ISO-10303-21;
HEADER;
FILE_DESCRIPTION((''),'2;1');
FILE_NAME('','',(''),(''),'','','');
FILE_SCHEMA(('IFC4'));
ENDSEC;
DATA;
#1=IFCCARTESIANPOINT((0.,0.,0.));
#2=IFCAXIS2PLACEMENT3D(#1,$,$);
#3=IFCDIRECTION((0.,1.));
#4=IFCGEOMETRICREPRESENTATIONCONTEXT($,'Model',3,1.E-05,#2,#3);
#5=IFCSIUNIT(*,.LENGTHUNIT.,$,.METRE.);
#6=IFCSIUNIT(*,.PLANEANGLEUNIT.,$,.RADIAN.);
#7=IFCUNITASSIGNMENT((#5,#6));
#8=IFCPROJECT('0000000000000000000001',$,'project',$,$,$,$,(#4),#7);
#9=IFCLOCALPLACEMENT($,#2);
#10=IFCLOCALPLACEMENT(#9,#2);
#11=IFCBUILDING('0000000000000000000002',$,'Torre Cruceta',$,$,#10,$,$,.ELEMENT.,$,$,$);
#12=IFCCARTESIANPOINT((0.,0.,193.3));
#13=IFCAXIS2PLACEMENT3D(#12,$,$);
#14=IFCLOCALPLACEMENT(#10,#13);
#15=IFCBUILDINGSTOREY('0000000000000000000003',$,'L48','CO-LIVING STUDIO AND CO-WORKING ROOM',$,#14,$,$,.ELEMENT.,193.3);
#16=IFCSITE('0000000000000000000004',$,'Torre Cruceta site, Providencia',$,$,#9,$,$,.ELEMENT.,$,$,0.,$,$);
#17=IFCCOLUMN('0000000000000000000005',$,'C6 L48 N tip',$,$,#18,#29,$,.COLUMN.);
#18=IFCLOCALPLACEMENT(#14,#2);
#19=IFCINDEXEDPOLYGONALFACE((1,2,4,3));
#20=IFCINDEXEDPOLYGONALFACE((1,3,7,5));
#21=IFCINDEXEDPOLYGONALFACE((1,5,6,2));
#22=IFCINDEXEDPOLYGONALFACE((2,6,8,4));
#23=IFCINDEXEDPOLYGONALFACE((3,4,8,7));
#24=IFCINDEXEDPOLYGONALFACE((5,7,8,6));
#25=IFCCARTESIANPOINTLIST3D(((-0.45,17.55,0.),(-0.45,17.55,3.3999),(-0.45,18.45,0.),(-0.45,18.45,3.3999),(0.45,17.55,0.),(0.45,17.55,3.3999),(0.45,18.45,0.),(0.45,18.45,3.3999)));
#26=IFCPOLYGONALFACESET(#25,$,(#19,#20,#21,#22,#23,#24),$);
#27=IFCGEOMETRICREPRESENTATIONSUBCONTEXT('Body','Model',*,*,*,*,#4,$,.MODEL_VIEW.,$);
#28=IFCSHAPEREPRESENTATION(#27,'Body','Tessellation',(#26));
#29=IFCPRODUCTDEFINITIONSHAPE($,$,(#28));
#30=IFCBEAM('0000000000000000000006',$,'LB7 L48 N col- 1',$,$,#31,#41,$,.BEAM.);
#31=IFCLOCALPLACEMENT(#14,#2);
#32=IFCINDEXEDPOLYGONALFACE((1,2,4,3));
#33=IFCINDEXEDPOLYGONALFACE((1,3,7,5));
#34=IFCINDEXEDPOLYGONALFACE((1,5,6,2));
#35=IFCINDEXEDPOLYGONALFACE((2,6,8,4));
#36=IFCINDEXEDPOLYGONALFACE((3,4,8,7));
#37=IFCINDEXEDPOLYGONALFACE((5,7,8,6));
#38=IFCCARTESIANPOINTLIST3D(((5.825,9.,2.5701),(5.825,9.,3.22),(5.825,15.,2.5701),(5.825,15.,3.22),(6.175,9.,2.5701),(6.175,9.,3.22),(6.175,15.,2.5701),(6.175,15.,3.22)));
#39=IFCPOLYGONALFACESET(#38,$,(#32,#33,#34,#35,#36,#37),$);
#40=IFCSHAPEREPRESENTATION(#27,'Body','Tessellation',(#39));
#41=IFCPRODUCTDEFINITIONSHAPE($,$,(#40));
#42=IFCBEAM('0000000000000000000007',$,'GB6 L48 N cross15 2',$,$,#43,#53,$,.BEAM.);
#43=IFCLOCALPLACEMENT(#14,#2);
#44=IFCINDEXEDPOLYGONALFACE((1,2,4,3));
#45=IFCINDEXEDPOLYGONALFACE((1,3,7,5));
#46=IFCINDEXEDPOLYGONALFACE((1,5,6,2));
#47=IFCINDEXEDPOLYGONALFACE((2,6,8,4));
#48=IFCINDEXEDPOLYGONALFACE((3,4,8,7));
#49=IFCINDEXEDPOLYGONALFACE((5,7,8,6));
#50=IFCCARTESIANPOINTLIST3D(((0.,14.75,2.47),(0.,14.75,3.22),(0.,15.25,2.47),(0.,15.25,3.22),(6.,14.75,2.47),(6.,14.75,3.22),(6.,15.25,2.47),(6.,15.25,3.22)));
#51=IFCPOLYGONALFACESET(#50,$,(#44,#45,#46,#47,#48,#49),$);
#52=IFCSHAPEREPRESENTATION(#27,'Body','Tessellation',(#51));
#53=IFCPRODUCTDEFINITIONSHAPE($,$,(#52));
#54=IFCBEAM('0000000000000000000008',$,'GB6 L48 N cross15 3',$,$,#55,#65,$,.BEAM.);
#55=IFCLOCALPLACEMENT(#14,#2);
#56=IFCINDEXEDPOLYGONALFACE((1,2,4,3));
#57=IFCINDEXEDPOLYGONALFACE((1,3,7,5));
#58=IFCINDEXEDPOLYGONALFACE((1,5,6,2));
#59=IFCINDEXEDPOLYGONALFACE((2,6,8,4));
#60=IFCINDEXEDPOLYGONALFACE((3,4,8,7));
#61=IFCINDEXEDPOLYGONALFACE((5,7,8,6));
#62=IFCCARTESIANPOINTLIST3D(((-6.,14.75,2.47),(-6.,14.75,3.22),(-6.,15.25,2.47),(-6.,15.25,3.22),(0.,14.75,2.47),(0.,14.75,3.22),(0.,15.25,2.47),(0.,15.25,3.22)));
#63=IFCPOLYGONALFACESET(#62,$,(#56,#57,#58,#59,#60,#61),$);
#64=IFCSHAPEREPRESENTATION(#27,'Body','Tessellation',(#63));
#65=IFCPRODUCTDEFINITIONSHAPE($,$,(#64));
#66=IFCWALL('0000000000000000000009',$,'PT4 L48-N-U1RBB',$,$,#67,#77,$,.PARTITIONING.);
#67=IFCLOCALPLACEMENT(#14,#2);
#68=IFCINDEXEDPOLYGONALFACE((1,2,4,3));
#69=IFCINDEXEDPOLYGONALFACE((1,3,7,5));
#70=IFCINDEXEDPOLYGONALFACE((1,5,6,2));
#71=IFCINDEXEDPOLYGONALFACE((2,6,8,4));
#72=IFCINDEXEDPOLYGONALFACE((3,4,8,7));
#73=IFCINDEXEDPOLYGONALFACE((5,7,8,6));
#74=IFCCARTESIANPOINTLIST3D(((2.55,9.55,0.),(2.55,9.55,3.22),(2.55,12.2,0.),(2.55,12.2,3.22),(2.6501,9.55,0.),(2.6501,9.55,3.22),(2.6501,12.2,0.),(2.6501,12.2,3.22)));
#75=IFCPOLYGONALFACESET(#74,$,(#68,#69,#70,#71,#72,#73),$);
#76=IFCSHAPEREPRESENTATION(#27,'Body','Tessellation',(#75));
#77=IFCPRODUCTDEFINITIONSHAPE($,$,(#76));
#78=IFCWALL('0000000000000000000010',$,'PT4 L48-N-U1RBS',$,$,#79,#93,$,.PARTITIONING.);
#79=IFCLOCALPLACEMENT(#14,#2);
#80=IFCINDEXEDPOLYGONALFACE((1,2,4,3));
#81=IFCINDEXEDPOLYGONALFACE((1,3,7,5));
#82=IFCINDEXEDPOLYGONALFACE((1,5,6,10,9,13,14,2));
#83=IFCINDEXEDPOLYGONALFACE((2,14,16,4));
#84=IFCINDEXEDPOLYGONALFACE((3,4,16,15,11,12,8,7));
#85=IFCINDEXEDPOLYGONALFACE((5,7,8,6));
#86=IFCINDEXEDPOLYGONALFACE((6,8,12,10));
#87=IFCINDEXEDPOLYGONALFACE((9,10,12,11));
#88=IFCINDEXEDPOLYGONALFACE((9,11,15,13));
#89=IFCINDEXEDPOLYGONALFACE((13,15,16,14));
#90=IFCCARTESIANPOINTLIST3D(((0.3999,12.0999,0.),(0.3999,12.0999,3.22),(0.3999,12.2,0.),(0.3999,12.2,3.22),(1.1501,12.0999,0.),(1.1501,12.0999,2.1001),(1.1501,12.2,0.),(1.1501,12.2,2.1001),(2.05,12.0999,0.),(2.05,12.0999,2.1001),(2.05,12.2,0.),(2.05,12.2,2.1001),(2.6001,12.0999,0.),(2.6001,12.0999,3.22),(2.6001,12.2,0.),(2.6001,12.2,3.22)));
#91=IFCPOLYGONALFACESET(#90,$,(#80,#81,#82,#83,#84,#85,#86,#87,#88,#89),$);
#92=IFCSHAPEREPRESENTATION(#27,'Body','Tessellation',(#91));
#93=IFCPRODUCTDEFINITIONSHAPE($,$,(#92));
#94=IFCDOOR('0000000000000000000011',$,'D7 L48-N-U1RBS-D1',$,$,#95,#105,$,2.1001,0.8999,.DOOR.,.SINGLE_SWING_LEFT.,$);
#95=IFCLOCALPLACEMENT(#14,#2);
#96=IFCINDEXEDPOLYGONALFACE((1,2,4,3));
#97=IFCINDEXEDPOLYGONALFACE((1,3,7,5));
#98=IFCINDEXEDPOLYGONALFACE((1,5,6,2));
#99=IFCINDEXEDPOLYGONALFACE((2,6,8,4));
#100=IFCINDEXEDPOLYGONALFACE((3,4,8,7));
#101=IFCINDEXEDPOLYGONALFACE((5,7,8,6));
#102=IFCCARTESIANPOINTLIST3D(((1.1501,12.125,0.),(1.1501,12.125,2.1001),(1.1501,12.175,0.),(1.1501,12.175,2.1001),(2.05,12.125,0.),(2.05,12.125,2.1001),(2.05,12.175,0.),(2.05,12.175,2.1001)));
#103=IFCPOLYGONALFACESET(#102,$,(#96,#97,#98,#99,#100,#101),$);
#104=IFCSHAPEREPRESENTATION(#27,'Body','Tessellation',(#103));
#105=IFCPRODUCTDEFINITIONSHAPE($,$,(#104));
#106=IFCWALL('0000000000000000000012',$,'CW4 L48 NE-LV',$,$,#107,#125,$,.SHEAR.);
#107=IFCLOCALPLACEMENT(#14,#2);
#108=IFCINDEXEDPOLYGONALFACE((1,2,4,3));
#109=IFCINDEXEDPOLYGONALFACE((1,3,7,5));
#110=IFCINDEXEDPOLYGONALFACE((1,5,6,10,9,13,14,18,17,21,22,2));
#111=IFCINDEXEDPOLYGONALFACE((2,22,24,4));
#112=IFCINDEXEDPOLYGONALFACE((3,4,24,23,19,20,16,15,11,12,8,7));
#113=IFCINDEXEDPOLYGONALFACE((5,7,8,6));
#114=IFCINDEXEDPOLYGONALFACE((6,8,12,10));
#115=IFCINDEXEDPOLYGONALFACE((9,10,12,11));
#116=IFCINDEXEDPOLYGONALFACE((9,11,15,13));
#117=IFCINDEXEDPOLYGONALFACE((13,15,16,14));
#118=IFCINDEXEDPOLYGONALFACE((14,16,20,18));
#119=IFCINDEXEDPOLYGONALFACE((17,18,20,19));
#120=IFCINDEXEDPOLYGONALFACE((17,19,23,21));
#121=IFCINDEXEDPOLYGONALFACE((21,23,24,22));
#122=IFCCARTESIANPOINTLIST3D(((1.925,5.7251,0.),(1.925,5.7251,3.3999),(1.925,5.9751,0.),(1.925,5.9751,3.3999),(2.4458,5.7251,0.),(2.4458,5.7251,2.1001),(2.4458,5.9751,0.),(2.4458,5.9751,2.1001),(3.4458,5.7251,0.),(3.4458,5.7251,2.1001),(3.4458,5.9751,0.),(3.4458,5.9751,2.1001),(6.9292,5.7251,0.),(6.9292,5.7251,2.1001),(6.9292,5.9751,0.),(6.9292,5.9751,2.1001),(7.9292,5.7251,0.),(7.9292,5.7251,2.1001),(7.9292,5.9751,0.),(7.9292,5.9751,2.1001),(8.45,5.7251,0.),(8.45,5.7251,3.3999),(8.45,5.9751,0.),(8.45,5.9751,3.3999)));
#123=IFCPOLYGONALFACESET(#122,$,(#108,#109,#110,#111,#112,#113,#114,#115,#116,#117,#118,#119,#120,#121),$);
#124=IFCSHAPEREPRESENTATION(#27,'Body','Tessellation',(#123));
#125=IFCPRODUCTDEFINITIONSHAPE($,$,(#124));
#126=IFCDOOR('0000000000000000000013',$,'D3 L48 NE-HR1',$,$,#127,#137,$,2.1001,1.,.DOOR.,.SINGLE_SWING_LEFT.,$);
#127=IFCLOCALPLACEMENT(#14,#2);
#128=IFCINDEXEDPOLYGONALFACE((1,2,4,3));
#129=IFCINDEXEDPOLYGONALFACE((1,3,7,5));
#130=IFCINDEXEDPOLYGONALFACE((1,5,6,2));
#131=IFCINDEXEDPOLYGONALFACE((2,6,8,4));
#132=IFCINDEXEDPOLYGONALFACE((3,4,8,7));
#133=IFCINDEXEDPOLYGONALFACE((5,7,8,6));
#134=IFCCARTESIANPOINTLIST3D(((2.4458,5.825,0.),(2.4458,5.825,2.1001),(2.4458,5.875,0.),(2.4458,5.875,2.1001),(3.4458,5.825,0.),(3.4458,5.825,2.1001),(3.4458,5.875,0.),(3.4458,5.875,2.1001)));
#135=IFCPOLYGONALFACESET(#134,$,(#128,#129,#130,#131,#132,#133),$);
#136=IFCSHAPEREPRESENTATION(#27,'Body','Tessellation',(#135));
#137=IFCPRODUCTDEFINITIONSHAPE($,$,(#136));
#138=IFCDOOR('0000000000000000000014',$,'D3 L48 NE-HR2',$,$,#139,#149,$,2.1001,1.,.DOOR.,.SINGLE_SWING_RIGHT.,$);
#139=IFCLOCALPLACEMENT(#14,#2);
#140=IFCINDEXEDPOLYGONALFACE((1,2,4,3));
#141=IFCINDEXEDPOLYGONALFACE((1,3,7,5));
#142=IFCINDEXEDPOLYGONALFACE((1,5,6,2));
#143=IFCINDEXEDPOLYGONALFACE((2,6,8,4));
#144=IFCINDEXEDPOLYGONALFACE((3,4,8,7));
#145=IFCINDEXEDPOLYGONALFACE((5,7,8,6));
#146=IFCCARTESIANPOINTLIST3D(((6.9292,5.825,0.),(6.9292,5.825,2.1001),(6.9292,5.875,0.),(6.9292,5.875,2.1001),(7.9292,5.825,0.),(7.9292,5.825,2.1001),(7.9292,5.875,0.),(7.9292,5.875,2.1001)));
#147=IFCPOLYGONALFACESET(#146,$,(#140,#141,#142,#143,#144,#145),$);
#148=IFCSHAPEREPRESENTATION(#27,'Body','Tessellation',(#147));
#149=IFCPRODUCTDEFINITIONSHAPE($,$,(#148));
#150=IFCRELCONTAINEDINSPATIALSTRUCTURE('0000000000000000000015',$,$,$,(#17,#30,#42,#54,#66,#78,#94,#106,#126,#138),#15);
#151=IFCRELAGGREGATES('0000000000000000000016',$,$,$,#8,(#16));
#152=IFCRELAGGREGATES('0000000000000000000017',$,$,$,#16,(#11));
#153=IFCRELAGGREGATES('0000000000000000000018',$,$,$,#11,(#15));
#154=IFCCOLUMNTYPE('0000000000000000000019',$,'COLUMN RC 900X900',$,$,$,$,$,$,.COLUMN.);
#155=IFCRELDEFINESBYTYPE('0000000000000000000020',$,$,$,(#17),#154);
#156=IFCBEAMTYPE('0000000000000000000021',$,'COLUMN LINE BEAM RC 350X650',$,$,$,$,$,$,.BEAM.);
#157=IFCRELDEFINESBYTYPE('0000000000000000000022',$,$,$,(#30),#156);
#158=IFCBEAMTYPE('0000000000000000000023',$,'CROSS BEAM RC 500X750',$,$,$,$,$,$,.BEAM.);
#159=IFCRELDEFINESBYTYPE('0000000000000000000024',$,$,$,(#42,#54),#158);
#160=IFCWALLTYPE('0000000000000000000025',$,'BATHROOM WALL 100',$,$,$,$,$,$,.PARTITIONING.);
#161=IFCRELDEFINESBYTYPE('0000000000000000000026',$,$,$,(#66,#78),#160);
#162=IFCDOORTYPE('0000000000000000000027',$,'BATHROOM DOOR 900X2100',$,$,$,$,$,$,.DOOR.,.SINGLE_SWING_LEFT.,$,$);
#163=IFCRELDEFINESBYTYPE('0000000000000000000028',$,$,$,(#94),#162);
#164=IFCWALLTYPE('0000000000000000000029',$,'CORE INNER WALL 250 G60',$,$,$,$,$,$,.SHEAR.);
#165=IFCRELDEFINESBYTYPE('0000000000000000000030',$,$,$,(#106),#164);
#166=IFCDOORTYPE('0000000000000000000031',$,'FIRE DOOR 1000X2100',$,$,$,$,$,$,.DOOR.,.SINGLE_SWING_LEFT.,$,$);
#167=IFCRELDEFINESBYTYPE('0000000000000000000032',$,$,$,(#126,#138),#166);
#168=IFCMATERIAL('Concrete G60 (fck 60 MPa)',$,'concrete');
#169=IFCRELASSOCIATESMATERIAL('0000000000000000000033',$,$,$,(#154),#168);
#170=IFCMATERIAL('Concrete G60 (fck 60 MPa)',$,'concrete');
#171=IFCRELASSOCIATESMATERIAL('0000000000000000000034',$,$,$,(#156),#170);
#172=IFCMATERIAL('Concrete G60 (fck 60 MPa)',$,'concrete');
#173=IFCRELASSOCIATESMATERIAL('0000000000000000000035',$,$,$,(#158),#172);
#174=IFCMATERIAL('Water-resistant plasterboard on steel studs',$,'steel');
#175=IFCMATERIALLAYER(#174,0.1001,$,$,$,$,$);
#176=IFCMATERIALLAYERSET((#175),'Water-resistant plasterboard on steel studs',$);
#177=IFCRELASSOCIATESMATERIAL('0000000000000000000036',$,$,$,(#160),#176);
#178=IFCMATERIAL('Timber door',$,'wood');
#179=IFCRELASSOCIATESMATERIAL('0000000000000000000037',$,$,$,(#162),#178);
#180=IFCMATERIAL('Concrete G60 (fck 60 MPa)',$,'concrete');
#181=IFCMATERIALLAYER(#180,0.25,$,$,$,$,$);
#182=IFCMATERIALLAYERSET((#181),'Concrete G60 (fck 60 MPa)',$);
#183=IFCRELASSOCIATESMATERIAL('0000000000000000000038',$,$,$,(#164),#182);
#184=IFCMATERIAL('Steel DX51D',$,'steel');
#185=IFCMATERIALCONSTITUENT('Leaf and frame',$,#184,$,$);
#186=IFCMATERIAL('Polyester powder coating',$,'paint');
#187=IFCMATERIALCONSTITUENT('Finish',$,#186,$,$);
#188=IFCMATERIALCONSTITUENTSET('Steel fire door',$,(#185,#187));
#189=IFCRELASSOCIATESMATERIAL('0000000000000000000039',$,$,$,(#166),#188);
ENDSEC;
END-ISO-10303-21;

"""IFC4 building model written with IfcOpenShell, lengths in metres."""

from ifc_helpers import new_model, si_unit, direction, frame, frame_2d, origin, origin_2d, place, context, subcontext, project, spatial, rectangle, extrude, material, layer, layer_set, constituent, constituent_set, material_profile, profile_set, type_object, element, fill, save


model = new_model("IFC4")

# Units and contexts
model_context = context("Model", 3, precision=1e-05, world=origin(), true_north=direction((0.0, 1.0)))
body_context = subcontext(model_context, "Body", "Model", "MODEL_VIEW")
ifc_project = project(units=[si_unit("LENGTHUNIT", "METRE"), si_unit("PLANEANGLEUNIT", "RADIAN")], contexts=[model_context])

# Site, building, storey
site_placement = place(None, origin())
site = spatial("IfcSite", under=ifc_project, at=site_placement, Name="Torre Cruceta site, Providencia", CompositionType="ELEMENT", RefElevation=0.0)
building_placement = place(site_placement, origin())
building = spatial("IfcBuilding", under=site, at=building_placement, Name="Torre Cruceta", CompositionType="ELEMENT")
storey_placement = place(building_placement, frame((0.0, 0.0, 193.3)))
storey = spatial("IfcBuildingStorey", under=building, at=storey_placement, Name="L48", Description="CO-LIVING STUDIO AND CO-WORKING ROOM", CompositionType="ELEMENT", Elevation=193.3)

# Column
ifc_material_1 = material(Name="Concrete G60 (fck 60 MPa)", Category="concrete")
ifc_material_profile_1 = material_profile(ifc_material_1, rectangle(XDim=0.8999, YDim=0.8999, at=origin_2d()), Name="RC 900X900")
ifc_profile_set_1 = profile_set([ifc_material_profile_1], Name="Concrete G60 (fck 60 MPa)")
column_type = type_object("IfcColumnType", Name="COLUMN RC 900X900", PredefinedType="COLUMN", material=ifc_profile_set_1)
column_placement = place(storey_placement, frame((0.0, 18.0, 0.0), z_axis=(0.0, 0.0, 1.0), x_axis=(1.0, 0.0, 0.0)))
element("IfcColumn", 1, at=column_placement, inside=storey, type_object=column_type, Name="C6 L48 N tip", PredefinedType="COLUMN", context=body_context, shape_type="SweptSolid", body=[
    extrude(rectangle(XDim=0.8999, YDim=0.8999, at=origin_2d()), origin(), (0.0, 0.0, 1.0), 3.3999),
])

# Beams
ifc_material_2 = material(Name="Concrete G60 (fck 60 MPa)", Category="concrete")
ifc_material_profile_2 = material_profile(ifc_material_2, rectangle(XDim=0.3501, YDim=0.6499, at=origin_2d()), Name="RC 350X650")
ifc_profile_set_2 = profile_set([ifc_material_profile_2], Name="Concrete G60 (fck 60 MPa)")
beam_type_1 = type_object("IfcBeamType", Name="COLUMN LINE BEAM RC 350X650", PredefinedType="BEAM", material=ifc_profile_set_2)
beam_placement = place(storey_placement, frame((6.0, 9.0, 2.895), z_axis=(0.0, 1.0, 0.0), x_axis=(-1.0, 0.0, 0.0)))
element("IfcBeam", 2, at=beam_placement, inside=storey, type_object=beam_type_1, Name="LB7 L48 N col- 1", PredefinedType="BEAM", context=body_context, shape_type="SweptSolid", body=[
    extrude(rectangle(XDim=0.3501, YDim=0.6499, at=origin_2d()), origin(), (0.0, 0.0, 1.0), 6.0),
])
ifc_material_3 = material(Name="Concrete G60 (fck 60 MPa)", Category="concrete")
ifc_material_profile_3 = material_profile(ifc_material_3, rectangle(XDim=0.5, YDim=0.75, at=origin_2d()), Name="RC 500X750")
ifc_profile_set_3 = profile_set([ifc_material_profile_3], Name="Concrete G60 (fck 60 MPa)")
beam_type_2 = type_object("IfcBeamType", Name="CROSS BEAM RC 500X750", PredefinedType="BEAM", material=ifc_profile_set_3)
for number, where, z_axis, x_axis, name in (
    (3, (6.0, 15.0, 2.845), (-1.0, 0.0, 0.0), (0.0, -1.0, 0.0), "GB6 L48 N cross15 2"),
    (4, (0.0, 15.0, 2.845), (-1.0, 0.0, 0.0), (0.0, -1.0, 0.0), "GB6 L48 N cross15 3"),
):
    element("IfcBeam", number, at=place(storey_placement, frame(where, z_axis=z_axis, x_axis=x_axis)), inside=storey, type_object=beam_type_2, Name=name, PredefinedType="BEAM", context=body_context, shape_type="SweptSolid", body=[
        extrude(rectangle(XDim=0.5, YDim=0.75, at=origin_2d()), origin(), (0.0, 0.0, 1.0), 6.0),
    ])

# Wall
ifc_material_4 = material(Name="Water-resistant plasterboard on steel studs", Category="steel")
ifc_layer_1 = layer(ifc_material_4, 0.1001)
ifc_layer_set_1 = layer_set([ifc_layer_1], Name="Water-resistant plasterboard on steel studs")
wall_type_1 = type_object("IfcWallType", Name="BATHROOM WALL 100", PredefinedType="PARTITIONING", material=ifc_layer_set_1)
wall_1_placement = place(storey_placement, frame((2.6001, 9.55, 0.0), z_axis=(0.0, 0.0, 1.0), x_axis=(0.0, 1.0, 0.0)))
element("IfcWall", 5, at=wall_1_placement, inside=storey, type_object=wall_type_1, Name="PT4 L48-N-U1RBB", PredefinedType="PARTITIONING", context=body_context, shape_type="SweptSolid", body=[
    extrude(rectangle(XDim=2.6499, YDim=0.1001, at=frame_2d((1.325, 0.0))), origin(), (0.0, 0.0, 1.0), 3.22),
])

# Wall, opening, door
wall_2_placement = place(storey_placement, frame((2.6001, 12.1499, 0.0), z_axis=(0.0, 0.0, 1.0), x_axis=(-1.0, 0.0, 0.0)))
wall_2 = element("IfcWall", 6, at=wall_2_placement, inside=storey, type_object=wall_type_1, Name="PT4 L48-N-U1RBS", PredefinedType="PARTITIONING", context=body_context, shape_type="SweptSolid", body=[
    extrude(rectangle(XDim=2.2002, YDim=0.1001, at=frame_2d((1.1001, 0.0))), origin(), (0.0, 0.0, 1.0), 3.22),
])
opening_1_placement = place(wall_2_placement, frame((0.55, 0.0, 0.0)))
opening_1 = element("IfcOpeningElement", 7, at=opening_1_placement, cuts=wall_2, PredefinedType="OPENING", context=body_context, shape_type="SweptSolid", body=[
    extrude(rectangle(XDim=0.8999, YDim=2.1001, at=frame_2d((0.45, 1.05))), frame((0.0, 0.0601, 0.0), z_axis=(0.0, -1.0, 0.0), x_axis=(1.0, 0.0, 0.0)), (0.0, 0.0, 1.0), 0.1201),
])
ifc_material_5 = material(Name="Timber door", Category="wood")
door_type_1 = type_object("IfcDoorType", Name="BATHROOM DOOR 900X2100", OperationType="SINGLE_SWING_LEFT", PredefinedType="DOOR", material=ifc_material_5)
door_1_placement = place(opening_1_placement, origin())
door_1 = element("IfcDoor", 8, at=door_1_placement, inside=storey, type_object=door_type_1, Name="D7 L48-N-U1RBS-D1", OperationType="SINGLE_SWING_LEFT", OverallHeight=2.1001, OverallWidth=0.8999, PredefinedType="DOOR", context=body_context, shape_type="SweptSolid", body=[
    extrude(rectangle(XDim=0.8999, YDim=2.1001, at=frame_2d((0.45, 1.05))), frame((0.0, 0.0249, 0.0), z_axis=(0.0, -1.0, 0.0), x_axis=(1.0, 0.0, 0.0)), (0.0, 0.0, 1.0), 0.05),
])
fill(opening_1, door_1)

# Wall, openings, doors
ifc_material_6 = material(Name="Concrete G60 (fck 60 MPa)", Category="concrete")
ifc_layer_2 = layer(ifc_material_6, 0.25)
ifc_layer_set_2 = layer_set([ifc_layer_2], Name="Concrete G60 (fck 60 MPa)")
wall_type_2 = type_object("IfcWallType", Name="CORE INNER WALL 250 G60", PredefinedType="SHEAR", material=ifc_layer_set_2)
wall_3_placement = place(storey_placement, frame((1.925, 5.8501, 0.0), z_axis=(0.0, 0.0, 1.0), x_axis=(1.0, 0.0, 0.0)))
wall_3 = element("IfcWall", 9, at=wall_3_placement, inside=storey, type_object=wall_type_2, Name="CW4 L48 NE-LV", PredefinedType="SHEAR", context=body_context, shape_type="SweptSolid", body=[
    extrude(rectangle(XDim=6.5249, YDim=0.25, at=frame_2d((3.2625, 0.0))), origin(), (0.0, 0.0, 1.0), 3.3999),
])
opening_2_placement = place(wall_3_placement, frame((0.5208, 0.0, 0.0)))
opening_2 = element("IfcOpeningElement", 10, at=opening_2_placement, cuts=wall_3, PredefinedType="OPENING", context=body_context, shape_type="SweptSolid", body=[
    extrude(rectangle(XDim=1.0, YDim=2.1001, at=frame_2d((0.5, 1.05))), frame((0.0, 0.135, 0.0), z_axis=(0.0, -1.0, 0.0), x_axis=(1.0, 0.0, 0.0)), (0.0, 0.0, 1.0), 0.27),
])
opening_3_placement = place(wall_3_placement, frame((5.0042, 0.0, 0.0)))
opening_3 = element("IfcOpeningElement", 11, at=opening_3_placement, cuts=wall_3, PredefinedType="OPENING", context=body_context, shape_type="SweptSolid", body=[
    extrude(rectangle(XDim=1.0, YDim=2.1001, at=frame_2d((0.5, 1.05))), frame((0.0, 0.135, 0.0), z_axis=(0.0, -1.0, 0.0), x_axis=(1.0, 0.0, 0.0)), (0.0, 0.0, 1.0), 0.27),
])
ifc_material_7 = material(Name="Steel DX51D", Category="steel")
ifc_constituent_1 = constituent(ifc_material_7, Name="Leaf and frame")
ifc_material_8 = material(Name="Polyester powder coating", Category="paint")
ifc_constituent_2 = constituent(ifc_material_8, Name="Finish")
ifc_constituent_set_1 = constituent_set(constituents=[ifc_constituent_1, ifc_constituent_2], Name="Steel fire door")
door_type_2 = type_object("IfcDoorType", Name="FIRE DOOR 1000X2100", OperationType="SINGLE_SWING_LEFT", PredefinedType="DOOR", material=ifc_constituent_set_1)
door_2_placement = place(opening_2_placement, origin())
door_2 = element("IfcDoor", 12, at=door_2_placement, inside=storey, type_object=door_type_2, Name="D3 L48 NE-HR1", OperationType="SINGLE_SWING_LEFT", OverallHeight=2.1001, OverallWidth=1.0, PredefinedType="DOOR", context=body_context, shape_type="SweptSolid", body=[
    extrude(rectangle(XDim=1.0, YDim=2.1001, at=frame_2d((0.5, 1.05))), frame((0.0, 0.0249, 0.0), z_axis=(0.0, -1.0, 0.0), x_axis=(1.0, 0.0, 0.0)), (0.0, 0.0, 1.0), 0.05),
])
fill(opening_2, door_2)
door_3_placement = place(opening_3_placement, origin())
door_3 = element("IfcDoor", 13, at=door_3_placement, inside=storey, type_object=door_type_2, Name="D3 L48 NE-HR2", OperationType="SINGLE_SWING_RIGHT", OverallHeight=2.1001, OverallWidth=1.0, PredefinedType="DOOR", context=body_context, shape_type="SweptSolid", body=[
    extrude(rectangle(XDim=1.0, YDim=2.1001, at=frame_2d((0.5, 1.05))), frame((0.0, 0.0249, 0.0), z_axis=(0.0, -1.0, 0.0), x_axis=(1.0, 0.0, 0.0)), (0.0, 0.0, 1.0), 0.05),
])
fill(opening_3, door_3)

save(model, "model.ifc")
